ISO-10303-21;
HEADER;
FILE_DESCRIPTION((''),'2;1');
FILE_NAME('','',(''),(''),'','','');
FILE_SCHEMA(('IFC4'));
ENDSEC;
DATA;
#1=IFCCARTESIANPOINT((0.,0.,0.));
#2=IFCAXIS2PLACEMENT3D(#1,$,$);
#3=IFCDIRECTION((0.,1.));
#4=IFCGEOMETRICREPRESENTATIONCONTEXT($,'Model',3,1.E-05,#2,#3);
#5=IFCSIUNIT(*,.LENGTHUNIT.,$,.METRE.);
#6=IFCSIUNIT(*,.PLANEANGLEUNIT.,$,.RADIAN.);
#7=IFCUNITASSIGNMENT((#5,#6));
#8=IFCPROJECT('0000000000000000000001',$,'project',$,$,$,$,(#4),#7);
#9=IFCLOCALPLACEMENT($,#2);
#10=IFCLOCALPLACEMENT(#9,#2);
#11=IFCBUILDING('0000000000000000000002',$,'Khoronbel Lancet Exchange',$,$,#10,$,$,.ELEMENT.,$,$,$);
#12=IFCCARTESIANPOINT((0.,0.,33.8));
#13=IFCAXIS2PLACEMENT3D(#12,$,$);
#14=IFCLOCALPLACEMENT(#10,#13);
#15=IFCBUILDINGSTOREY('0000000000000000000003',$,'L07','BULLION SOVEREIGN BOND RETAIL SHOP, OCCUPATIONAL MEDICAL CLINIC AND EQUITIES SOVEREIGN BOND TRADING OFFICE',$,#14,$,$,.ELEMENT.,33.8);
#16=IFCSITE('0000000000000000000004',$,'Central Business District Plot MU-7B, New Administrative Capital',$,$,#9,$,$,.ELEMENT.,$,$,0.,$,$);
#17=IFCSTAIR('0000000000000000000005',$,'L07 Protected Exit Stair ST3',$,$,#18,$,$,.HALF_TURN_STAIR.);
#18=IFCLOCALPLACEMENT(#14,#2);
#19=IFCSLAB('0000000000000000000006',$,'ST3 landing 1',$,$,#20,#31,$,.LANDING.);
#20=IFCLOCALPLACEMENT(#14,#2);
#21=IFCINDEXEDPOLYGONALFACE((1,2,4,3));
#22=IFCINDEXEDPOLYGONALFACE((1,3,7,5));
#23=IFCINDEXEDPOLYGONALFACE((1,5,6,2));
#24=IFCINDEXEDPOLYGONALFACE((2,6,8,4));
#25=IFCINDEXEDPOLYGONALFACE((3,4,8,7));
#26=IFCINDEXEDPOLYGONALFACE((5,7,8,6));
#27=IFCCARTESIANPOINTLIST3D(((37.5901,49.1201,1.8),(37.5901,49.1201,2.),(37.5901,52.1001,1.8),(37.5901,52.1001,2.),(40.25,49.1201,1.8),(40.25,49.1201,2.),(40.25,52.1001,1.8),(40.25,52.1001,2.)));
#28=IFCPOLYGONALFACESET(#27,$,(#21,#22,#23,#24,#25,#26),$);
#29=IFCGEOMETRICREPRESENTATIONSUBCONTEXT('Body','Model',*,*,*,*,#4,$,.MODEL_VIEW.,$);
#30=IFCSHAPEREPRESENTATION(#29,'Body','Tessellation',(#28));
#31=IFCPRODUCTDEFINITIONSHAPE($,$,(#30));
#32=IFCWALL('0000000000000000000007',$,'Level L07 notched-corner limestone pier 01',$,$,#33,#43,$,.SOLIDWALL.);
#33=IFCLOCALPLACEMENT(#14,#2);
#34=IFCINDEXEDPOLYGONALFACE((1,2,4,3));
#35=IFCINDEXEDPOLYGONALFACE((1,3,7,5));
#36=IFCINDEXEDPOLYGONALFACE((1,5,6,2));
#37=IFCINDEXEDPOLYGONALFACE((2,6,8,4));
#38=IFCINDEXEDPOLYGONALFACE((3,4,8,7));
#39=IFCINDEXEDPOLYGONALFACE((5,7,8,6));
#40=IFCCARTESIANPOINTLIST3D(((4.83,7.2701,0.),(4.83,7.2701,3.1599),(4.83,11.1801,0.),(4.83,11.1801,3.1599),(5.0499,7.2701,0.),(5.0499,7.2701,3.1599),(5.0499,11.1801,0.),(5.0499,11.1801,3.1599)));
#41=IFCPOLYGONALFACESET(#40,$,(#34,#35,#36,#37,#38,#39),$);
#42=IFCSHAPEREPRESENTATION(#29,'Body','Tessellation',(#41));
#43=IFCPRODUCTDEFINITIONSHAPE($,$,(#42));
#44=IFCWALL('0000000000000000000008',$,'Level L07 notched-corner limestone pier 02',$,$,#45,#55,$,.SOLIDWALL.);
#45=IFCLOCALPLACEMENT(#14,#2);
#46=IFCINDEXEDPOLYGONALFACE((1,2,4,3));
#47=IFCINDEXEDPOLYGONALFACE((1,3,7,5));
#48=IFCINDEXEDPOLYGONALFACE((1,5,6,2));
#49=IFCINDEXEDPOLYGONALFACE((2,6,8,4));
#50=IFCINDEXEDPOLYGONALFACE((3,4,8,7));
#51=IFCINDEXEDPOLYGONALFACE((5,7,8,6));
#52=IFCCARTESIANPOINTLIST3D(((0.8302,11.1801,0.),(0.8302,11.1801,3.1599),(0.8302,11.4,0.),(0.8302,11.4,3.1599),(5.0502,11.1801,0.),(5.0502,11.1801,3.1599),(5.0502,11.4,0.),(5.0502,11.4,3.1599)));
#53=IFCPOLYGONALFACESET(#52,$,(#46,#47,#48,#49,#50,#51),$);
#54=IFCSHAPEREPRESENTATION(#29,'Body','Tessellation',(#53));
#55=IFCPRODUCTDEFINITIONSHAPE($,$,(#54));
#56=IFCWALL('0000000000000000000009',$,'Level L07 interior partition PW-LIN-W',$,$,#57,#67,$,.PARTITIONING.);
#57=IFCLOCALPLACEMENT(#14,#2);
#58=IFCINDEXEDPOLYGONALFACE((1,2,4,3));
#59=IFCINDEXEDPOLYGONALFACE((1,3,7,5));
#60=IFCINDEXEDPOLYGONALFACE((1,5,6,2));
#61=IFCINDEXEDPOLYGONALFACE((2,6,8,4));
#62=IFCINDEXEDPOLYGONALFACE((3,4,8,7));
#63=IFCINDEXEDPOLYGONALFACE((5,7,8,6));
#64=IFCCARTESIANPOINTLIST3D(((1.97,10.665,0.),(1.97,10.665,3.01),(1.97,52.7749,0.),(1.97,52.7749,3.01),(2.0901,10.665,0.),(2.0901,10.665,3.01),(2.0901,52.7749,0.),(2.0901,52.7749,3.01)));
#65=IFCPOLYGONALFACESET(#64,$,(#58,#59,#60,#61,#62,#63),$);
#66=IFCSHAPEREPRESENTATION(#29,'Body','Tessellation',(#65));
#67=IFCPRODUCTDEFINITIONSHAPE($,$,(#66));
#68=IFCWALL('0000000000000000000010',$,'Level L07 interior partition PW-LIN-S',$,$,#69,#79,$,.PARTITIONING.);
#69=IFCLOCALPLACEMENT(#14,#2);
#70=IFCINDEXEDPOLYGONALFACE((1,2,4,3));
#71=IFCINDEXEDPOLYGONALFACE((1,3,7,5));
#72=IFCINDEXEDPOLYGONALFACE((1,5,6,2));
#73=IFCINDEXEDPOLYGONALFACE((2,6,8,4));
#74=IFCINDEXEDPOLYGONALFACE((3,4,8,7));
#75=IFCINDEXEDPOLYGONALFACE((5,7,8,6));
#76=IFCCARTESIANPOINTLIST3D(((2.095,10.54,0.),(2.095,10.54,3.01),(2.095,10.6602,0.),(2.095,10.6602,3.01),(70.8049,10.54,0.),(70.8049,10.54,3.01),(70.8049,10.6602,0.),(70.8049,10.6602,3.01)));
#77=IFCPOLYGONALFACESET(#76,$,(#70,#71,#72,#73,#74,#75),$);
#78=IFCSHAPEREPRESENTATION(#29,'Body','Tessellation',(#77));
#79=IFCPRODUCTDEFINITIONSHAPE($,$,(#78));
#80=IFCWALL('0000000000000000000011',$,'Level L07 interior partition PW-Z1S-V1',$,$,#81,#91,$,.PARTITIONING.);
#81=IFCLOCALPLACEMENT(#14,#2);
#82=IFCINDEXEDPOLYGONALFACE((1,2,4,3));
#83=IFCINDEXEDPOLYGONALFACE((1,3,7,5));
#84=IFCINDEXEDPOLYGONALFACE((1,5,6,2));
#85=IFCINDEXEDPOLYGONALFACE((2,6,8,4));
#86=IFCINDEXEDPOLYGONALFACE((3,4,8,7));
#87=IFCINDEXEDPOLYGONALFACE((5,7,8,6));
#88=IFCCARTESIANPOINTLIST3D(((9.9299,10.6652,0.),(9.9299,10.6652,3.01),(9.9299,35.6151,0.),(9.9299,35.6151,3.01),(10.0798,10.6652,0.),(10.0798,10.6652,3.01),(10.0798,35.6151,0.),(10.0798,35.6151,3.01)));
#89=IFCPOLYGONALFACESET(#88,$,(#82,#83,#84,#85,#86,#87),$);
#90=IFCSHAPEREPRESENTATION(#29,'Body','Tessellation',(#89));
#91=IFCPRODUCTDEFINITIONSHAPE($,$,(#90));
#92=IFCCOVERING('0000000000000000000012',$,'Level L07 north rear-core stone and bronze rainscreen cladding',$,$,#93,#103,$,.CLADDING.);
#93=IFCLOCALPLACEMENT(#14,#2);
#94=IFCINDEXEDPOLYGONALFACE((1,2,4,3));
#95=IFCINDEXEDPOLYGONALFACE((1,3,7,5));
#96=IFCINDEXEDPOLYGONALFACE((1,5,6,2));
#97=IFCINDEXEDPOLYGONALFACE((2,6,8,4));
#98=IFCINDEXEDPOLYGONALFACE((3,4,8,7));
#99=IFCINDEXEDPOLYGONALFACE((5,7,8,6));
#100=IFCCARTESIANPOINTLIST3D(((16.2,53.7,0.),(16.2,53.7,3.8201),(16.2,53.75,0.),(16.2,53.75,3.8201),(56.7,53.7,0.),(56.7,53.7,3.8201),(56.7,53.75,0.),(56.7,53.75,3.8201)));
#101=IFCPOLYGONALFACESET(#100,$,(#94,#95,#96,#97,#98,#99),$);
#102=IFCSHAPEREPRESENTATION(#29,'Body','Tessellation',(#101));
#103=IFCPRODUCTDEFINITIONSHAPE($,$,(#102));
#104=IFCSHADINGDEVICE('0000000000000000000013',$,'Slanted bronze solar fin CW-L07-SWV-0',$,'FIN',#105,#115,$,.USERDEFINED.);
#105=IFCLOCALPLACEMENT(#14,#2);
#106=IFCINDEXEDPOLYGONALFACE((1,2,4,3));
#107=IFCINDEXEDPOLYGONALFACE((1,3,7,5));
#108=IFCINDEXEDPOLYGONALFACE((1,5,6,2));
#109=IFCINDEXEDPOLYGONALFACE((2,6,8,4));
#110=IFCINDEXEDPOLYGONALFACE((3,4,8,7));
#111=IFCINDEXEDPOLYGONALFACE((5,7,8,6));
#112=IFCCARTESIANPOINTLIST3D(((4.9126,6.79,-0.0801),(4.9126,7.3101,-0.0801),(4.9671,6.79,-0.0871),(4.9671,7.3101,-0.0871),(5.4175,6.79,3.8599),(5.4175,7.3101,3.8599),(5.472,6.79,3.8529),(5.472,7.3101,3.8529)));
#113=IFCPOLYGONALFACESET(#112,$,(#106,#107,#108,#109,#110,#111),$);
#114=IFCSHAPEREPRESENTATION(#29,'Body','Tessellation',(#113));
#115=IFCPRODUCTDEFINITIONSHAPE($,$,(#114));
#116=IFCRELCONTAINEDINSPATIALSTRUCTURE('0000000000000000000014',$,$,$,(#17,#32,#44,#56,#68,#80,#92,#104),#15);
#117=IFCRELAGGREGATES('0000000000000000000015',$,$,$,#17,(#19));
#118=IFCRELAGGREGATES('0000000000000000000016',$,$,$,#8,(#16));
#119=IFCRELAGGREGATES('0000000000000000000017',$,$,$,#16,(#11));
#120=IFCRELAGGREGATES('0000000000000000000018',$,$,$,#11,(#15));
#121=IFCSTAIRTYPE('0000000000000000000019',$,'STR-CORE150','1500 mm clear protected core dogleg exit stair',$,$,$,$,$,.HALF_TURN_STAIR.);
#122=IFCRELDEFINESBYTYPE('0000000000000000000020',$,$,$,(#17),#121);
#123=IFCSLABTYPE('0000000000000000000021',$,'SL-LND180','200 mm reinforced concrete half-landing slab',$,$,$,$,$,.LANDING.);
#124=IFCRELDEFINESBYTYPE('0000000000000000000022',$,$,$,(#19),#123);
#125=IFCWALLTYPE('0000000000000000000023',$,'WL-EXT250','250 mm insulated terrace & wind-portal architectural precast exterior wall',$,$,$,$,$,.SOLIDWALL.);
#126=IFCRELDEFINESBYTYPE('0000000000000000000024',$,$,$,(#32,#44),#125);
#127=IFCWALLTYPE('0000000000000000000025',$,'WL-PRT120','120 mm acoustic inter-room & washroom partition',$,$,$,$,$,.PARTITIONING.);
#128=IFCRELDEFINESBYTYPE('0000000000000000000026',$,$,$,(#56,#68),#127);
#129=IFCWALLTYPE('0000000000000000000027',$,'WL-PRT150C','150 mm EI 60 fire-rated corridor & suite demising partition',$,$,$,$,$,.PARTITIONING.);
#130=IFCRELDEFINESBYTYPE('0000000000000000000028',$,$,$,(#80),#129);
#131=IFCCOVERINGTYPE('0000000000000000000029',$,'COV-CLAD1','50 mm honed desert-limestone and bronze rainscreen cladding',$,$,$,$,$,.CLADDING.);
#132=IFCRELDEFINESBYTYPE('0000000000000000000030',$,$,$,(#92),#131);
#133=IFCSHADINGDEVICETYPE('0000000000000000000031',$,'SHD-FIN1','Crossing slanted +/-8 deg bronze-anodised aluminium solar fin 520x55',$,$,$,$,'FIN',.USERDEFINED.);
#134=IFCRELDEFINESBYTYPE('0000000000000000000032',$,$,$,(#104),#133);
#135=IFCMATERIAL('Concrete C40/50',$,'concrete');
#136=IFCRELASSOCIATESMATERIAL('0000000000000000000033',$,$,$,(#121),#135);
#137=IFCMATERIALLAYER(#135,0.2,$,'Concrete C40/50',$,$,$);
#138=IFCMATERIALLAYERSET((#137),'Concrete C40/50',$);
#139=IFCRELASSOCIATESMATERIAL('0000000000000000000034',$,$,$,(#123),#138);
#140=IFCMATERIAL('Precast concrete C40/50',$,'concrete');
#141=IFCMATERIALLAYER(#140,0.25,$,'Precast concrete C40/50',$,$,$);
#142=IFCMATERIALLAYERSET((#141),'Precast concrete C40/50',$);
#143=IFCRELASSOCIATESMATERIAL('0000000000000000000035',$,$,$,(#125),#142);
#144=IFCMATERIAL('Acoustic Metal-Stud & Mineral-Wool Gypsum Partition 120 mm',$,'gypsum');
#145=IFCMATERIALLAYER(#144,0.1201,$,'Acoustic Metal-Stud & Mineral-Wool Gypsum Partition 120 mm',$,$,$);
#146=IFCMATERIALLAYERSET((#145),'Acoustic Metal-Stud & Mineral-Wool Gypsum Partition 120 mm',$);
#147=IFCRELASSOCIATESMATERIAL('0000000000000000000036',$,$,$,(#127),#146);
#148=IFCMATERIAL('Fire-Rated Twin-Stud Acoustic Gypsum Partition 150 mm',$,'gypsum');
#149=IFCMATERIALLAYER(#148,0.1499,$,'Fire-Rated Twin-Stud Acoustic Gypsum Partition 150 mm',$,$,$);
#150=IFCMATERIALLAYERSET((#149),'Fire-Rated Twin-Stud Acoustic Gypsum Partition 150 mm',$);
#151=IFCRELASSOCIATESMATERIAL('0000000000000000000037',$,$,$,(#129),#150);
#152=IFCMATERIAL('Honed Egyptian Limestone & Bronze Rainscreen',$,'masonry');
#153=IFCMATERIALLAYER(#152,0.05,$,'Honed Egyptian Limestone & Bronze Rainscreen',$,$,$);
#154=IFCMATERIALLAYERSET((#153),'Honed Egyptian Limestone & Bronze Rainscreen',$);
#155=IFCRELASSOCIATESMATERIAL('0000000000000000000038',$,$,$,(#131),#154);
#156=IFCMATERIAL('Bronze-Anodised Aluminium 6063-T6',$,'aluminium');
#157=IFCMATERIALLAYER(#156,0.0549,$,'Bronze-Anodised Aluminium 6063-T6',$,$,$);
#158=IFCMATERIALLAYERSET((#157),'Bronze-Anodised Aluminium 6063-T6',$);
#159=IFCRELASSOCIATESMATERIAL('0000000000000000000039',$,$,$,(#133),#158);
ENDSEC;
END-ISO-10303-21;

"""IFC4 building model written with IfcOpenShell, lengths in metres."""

from ifc_helpers import new_model, si_unit, direction, frame, frame_2d, origin, place, context, subcontext, project, spatial, polyline, rectangle, outline, extrude, material, layer, layer_set, type_object, element, aggregate, save


model = new_model("IFC4")

# Units and contexts
model_context = context("Model", 3, precision=1e-05, world=origin(), true_north=direction((0.0, 1.0)))
body_context = subcontext(model_context, "Body", "Model", "MODEL_VIEW")
ifc_project = project(units=[si_unit("LENGTHUNIT", "METRE"), si_unit("PLANEANGLEUNIT", "RADIAN")], contexts=[model_context])

# Site, building, storey
site_placement = place(None, origin())
site = spatial("IfcSite", under=ifc_project, at=site_placement, Name="Central Business District Plot MU-7B, New Administrative Capital", CompositionType="ELEMENT", RefElevation=0.0)
building_placement = place(site_placement, origin())
building = spatial("IfcBuilding", under=site, at=building_placement, Name="Khoronbel Lancet Exchange", CompositionType="ELEMENT")
storey_placement = place(building_placement, frame((0.0, 0.0, 33.8)))
storey = spatial("IfcBuildingStorey", under=building, at=storey_placement, Name="L07", Description="BULLION SOVEREIGN BOND RETAIL SHOP, OCCUPATIONAL MEDICAL CLINIC AND EQUITIES SOVEREIGN BOND TRADING OFFICE", CompositionType="ELEMENT", Elevation=33.8)

# Shared definitions
ifc_material_1 = material(Name="Bronze-Anodised Aluminium 6063-T6", Category="aluminium")

# Shared definitions
ifc_material_2 = material(Name="Concrete C40/50", Category="concrete")

# Stair, slab
stair_type = type_object("IfcStairType", Name="STR-CORE150", Description="1500 mm clear protected core dogleg exit stair", PredefinedType="HALF_TURN_STAIR", material=ifc_material_2)
ifc_layer_1 = layer(ifc_material_2, 0.2, Name="Concrete C40/50")
ifc_layer_set_1 = layer_set([ifc_layer_1], Name="Concrete C40/50")
slab_type_1 = type_object("IfcSlabType", Name="SL-LND180", Description="200 mm reinforced concrete half-landing slab", PredefinedType="LANDING", material=ifc_layer_set_1)
stair_1_placement = place(storey_placement, origin())
stair_1 = element("IfcStair", 1, at=stair_1_placement, inside=storey, type_object=stair_type, Name="L07 Protected Exit Stair ST3", PredefinedType="HALF_TURN_STAIR")
slab_1_placement = place(storey_placement, frame((0.0, 0.0, 1.8)))
slab_1 = element("IfcSlab", 2, at=slab_1_placement, type_object=slab_type_1, Name="ST3 landing 1", PredefinedType="LANDING", context=body_context, shape_type="SweptSolid", body=[
    extrude(outline(polyline([(37.5901, 49.1201), (40.25, 49.1201), (40.25, 52.1001), (37.5901, 52.1001), (37.5901, 49.1201)])), origin(), (0.0, 0.0, 1.0), 0.2),
])
aggregate(stair_1, [slab_1])

# Walls
ifc_material_3 = material(Name="Precast concrete C40/50", Category="concrete")
ifc_layer_2 = layer(ifc_material_3, 0.25, Name="Precast concrete C40/50")
ifc_layer_set_2 = layer_set([ifc_layer_2], Name="Precast concrete C40/50")
wall_type_1 = type_object("IfcWallType", Name="WL-EXT250", Description="250 mm insulated terrace & wind-portal architectural precast exterior wall", PredefinedType="SOLIDWALL", material=ifc_layer_set_2)
wall_1_placement = place(storey_placement, frame((4.9399, 7.27, 0.0), z_axis=(0.0, 0.0, 1.0), x_axis=(0.0, 1.0, 0.0)))
element("IfcWall", 3, at=wall_1_placement, inside=storey, type_object=wall_type_1, Name="Level L07 notched-corner limestone pier 01", PredefinedType="SOLIDWALL", context=body_context, shape_type="SweptSolid", body=[
    extrude(rectangle(XDim=3.9099, YDim=0.22, at=frame_2d((1.9551, 0.0))), origin(), (0.0, 0.0, 1.0), 3.1599),
])
wall_2_placement = place(storey_placement, frame((5.05, 11.29, 0.0), z_axis=(0.0, 0.0, 1.0), x_axis=(-1.0, 0.0, 0.0)))
element("IfcWall", 4, at=wall_2_placement, inside=storey, type_object=wall_type_1, Name="Level L07 notched-corner limestone pier 02", PredefinedType="SOLIDWALL", context=body_context, shape_type="SweptSolid", body=[
    extrude(rectangle(XDim=4.22, YDim=0.22, at=frame_2d((2.1099, 0.0))), origin(), (0.0, 0.0, 1.0), 3.1599),
])
ifc_material_4 = material(Name="Acoustic Metal-Stud & Mineral-Wool Gypsum Partition 120 mm", Category="gypsum")
ifc_layer_3 = layer(ifc_material_4, 0.1201, Name="Acoustic Metal-Stud & Mineral-Wool Gypsum Partition 120 mm")
ifc_layer_set_3 = layer_set([ifc_layer_3], Name="Acoustic Metal-Stud & Mineral-Wool Gypsum Partition 120 mm")
wall_type_2 = type_object("IfcWallType", Name="WL-PRT120", Description="120 mm acoustic inter-room & washroom partition", PredefinedType="PARTITIONING", material=ifc_layer_set_3)
wall_3_placement = place(storey_placement, frame((2.03, 10.665, 0.0), z_axis=(0.0, 0.0, 1.0), x_axis=(0.0, 1.0, 0.0)))
element("IfcWall", 5, at=wall_3_placement, inside=storey, type_object=wall_type_2, Name="Level L07 interior partition PW-LIN-W", PredefinedType="PARTITIONING", context=body_context, shape_type="SweptSolid", body=[
    extrude(rectangle(XDim=42.1099, YDim=0.1201, at=frame_2d((21.0549, 0.0))), origin(), (0.0, 0.0, 1.0), 3.01),
])
wall_4_placement = place(storey_placement, frame((2.095, 10.6001, 0.0), z_axis=(0.0, 0.0, 1.0), x_axis=(1.0, 0.0, 0.0)))
element("IfcWall", 6, at=wall_4_placement, inside=storey, type_object=wall_type_2, Name="Level L07 interior partition PW-LIN-S", PredefinedType="PARTITIONING", context=body_context, shape_type="SweptSolid", body=[
    extrude(rectangle(XDim=68.71, YDim=0.1201, at=frame_2d((34.355, 0.0))), origin(), (0.0, 0.0, 1.0), 3.01),
])
ifc_material_5 = material(Name="Fire-Rated Twin-Stud Acoustic Gypsum Partition 150 mm", Category="gypsum")
ifc_layer_4 = layer(ifc_material_5, 0.1499, Name="Fire-Rated Twin-Stud Acoustic Gypsum Partition 150 mm")
ifc_layer_set_4 = layer_set([ifc_layer_4], Name="Fire-Rated Twin-Stud Acoustic Gypsum Partition 150 mm")
wall_type_3 = type_object("IfcWallType", Name="WL-PRT150C", Description="150 mm EI 60 fire-rated corridor & suite demising partition", PredefinedType="PARTITIONING", material=ifc_layer_set_4)
wall_5_placement = place(storey_placement, frame((10.0049, 10.665, 0.0), z_axis=(0.0, 0.0, 1.0), x_axis=(0.0, 1.0, 0.0)))
element("IfcWall", 7, at=wall_5_placement, inside=storey, type_object=wall_type_3, Name="Level L07 interior partition PW-Z1S-V1", PredefinedType="PARTITIONING", context=body_context, shape_type="SweptSolid", body=[
    extrude(rectangle(XDim=24.95, YDim=0.1499, at=frame_2d((12.4751, 0.0))), origin(), (0.0, 0.0, 1.0), 3.01),
])

# Covering
ifc_material_6 = material(Name="Honed Egyptian Limestone & Bronze Rainscreen", Category="masonry")
ifc_layer_5 = layer(ifc_material_6, 0.05, Name="Honed Egyptian Limestone & Bronze Rainscreen")
ifc_layer_set_5 = layer_set([ifc_layer_5], Name="Honed Egyptian Limestone & Bronze Rainscreen")
covering_type = type_object("IfcCoveringType", Name="COV-CLAD1", Description="50 mm honed desert-limestone and bronze rainscreen cladding", PredefinedType="CLADDING", material=ifc_layer_set_5)
covering_placement = place(storey_placement, origin())
element("IfcCovering", 8, at=covering_placement, inside=storey, type_object=covering_type, Name="Level L07 north rear-core stone and bronze rainscreen cladding", PredefinedType="CLADDING", context=body_context, shape_type="SweptSolid", body=[
    extrude(outline(polyline([(16.2, 53.7), (56.7, 53.7), (56.7, 53.75), (16.2, 53.75), (16.2, 53.7)])), origin(), (0.0, 0.0, 1.0), 3.8201),
])

# Shading device
ifc_layer_6 = layer(ifc_material_1, 0.0549, Name="Bronze-Anodised Aluminium 6063-T6")
ifc_layer_set_6 = layer_set([ifc_layer_6], Name="Bronze-Anodised Aluminium 6063-T6")
shading_device_type = type_object("IfcShadingDeviceType", Name="SHD-FIN1", Description="Crossing slanted +/-8 deg bronze-anodised aluminium solar fin 520x55", ElementType="FIN", PredefinedType="USERDEFINED", material=ifc_layer_set_6)
shading_device_placement = place(storey_placement, frame((4.9126, 7.3101, -0.0801), z_axis=(-0.991889, 0.0, 0.127105), x_axis=(0.0, -1.0, 0.0)))
element("IfcShadingDevice", 9, at=shading_device_placement, inside=storey, type_object=shading_device_type, Name="Slanted bronze solar fin CW-L07-SWV-0", ObjectType="FIN", PredefinedType="USERDEFINED", context=body_context, shape_type="SweptSolid", body=[
    extrude(outline(polyline([(0.0, 0.0), (0.52, 0.0), (0.52, 3.9722), (0.0, 3.9722), (0.0, 0.0)])), origin(), (0.0, 0.0, -1.0), 0.0549),
])

save(model, "model.ifc")
